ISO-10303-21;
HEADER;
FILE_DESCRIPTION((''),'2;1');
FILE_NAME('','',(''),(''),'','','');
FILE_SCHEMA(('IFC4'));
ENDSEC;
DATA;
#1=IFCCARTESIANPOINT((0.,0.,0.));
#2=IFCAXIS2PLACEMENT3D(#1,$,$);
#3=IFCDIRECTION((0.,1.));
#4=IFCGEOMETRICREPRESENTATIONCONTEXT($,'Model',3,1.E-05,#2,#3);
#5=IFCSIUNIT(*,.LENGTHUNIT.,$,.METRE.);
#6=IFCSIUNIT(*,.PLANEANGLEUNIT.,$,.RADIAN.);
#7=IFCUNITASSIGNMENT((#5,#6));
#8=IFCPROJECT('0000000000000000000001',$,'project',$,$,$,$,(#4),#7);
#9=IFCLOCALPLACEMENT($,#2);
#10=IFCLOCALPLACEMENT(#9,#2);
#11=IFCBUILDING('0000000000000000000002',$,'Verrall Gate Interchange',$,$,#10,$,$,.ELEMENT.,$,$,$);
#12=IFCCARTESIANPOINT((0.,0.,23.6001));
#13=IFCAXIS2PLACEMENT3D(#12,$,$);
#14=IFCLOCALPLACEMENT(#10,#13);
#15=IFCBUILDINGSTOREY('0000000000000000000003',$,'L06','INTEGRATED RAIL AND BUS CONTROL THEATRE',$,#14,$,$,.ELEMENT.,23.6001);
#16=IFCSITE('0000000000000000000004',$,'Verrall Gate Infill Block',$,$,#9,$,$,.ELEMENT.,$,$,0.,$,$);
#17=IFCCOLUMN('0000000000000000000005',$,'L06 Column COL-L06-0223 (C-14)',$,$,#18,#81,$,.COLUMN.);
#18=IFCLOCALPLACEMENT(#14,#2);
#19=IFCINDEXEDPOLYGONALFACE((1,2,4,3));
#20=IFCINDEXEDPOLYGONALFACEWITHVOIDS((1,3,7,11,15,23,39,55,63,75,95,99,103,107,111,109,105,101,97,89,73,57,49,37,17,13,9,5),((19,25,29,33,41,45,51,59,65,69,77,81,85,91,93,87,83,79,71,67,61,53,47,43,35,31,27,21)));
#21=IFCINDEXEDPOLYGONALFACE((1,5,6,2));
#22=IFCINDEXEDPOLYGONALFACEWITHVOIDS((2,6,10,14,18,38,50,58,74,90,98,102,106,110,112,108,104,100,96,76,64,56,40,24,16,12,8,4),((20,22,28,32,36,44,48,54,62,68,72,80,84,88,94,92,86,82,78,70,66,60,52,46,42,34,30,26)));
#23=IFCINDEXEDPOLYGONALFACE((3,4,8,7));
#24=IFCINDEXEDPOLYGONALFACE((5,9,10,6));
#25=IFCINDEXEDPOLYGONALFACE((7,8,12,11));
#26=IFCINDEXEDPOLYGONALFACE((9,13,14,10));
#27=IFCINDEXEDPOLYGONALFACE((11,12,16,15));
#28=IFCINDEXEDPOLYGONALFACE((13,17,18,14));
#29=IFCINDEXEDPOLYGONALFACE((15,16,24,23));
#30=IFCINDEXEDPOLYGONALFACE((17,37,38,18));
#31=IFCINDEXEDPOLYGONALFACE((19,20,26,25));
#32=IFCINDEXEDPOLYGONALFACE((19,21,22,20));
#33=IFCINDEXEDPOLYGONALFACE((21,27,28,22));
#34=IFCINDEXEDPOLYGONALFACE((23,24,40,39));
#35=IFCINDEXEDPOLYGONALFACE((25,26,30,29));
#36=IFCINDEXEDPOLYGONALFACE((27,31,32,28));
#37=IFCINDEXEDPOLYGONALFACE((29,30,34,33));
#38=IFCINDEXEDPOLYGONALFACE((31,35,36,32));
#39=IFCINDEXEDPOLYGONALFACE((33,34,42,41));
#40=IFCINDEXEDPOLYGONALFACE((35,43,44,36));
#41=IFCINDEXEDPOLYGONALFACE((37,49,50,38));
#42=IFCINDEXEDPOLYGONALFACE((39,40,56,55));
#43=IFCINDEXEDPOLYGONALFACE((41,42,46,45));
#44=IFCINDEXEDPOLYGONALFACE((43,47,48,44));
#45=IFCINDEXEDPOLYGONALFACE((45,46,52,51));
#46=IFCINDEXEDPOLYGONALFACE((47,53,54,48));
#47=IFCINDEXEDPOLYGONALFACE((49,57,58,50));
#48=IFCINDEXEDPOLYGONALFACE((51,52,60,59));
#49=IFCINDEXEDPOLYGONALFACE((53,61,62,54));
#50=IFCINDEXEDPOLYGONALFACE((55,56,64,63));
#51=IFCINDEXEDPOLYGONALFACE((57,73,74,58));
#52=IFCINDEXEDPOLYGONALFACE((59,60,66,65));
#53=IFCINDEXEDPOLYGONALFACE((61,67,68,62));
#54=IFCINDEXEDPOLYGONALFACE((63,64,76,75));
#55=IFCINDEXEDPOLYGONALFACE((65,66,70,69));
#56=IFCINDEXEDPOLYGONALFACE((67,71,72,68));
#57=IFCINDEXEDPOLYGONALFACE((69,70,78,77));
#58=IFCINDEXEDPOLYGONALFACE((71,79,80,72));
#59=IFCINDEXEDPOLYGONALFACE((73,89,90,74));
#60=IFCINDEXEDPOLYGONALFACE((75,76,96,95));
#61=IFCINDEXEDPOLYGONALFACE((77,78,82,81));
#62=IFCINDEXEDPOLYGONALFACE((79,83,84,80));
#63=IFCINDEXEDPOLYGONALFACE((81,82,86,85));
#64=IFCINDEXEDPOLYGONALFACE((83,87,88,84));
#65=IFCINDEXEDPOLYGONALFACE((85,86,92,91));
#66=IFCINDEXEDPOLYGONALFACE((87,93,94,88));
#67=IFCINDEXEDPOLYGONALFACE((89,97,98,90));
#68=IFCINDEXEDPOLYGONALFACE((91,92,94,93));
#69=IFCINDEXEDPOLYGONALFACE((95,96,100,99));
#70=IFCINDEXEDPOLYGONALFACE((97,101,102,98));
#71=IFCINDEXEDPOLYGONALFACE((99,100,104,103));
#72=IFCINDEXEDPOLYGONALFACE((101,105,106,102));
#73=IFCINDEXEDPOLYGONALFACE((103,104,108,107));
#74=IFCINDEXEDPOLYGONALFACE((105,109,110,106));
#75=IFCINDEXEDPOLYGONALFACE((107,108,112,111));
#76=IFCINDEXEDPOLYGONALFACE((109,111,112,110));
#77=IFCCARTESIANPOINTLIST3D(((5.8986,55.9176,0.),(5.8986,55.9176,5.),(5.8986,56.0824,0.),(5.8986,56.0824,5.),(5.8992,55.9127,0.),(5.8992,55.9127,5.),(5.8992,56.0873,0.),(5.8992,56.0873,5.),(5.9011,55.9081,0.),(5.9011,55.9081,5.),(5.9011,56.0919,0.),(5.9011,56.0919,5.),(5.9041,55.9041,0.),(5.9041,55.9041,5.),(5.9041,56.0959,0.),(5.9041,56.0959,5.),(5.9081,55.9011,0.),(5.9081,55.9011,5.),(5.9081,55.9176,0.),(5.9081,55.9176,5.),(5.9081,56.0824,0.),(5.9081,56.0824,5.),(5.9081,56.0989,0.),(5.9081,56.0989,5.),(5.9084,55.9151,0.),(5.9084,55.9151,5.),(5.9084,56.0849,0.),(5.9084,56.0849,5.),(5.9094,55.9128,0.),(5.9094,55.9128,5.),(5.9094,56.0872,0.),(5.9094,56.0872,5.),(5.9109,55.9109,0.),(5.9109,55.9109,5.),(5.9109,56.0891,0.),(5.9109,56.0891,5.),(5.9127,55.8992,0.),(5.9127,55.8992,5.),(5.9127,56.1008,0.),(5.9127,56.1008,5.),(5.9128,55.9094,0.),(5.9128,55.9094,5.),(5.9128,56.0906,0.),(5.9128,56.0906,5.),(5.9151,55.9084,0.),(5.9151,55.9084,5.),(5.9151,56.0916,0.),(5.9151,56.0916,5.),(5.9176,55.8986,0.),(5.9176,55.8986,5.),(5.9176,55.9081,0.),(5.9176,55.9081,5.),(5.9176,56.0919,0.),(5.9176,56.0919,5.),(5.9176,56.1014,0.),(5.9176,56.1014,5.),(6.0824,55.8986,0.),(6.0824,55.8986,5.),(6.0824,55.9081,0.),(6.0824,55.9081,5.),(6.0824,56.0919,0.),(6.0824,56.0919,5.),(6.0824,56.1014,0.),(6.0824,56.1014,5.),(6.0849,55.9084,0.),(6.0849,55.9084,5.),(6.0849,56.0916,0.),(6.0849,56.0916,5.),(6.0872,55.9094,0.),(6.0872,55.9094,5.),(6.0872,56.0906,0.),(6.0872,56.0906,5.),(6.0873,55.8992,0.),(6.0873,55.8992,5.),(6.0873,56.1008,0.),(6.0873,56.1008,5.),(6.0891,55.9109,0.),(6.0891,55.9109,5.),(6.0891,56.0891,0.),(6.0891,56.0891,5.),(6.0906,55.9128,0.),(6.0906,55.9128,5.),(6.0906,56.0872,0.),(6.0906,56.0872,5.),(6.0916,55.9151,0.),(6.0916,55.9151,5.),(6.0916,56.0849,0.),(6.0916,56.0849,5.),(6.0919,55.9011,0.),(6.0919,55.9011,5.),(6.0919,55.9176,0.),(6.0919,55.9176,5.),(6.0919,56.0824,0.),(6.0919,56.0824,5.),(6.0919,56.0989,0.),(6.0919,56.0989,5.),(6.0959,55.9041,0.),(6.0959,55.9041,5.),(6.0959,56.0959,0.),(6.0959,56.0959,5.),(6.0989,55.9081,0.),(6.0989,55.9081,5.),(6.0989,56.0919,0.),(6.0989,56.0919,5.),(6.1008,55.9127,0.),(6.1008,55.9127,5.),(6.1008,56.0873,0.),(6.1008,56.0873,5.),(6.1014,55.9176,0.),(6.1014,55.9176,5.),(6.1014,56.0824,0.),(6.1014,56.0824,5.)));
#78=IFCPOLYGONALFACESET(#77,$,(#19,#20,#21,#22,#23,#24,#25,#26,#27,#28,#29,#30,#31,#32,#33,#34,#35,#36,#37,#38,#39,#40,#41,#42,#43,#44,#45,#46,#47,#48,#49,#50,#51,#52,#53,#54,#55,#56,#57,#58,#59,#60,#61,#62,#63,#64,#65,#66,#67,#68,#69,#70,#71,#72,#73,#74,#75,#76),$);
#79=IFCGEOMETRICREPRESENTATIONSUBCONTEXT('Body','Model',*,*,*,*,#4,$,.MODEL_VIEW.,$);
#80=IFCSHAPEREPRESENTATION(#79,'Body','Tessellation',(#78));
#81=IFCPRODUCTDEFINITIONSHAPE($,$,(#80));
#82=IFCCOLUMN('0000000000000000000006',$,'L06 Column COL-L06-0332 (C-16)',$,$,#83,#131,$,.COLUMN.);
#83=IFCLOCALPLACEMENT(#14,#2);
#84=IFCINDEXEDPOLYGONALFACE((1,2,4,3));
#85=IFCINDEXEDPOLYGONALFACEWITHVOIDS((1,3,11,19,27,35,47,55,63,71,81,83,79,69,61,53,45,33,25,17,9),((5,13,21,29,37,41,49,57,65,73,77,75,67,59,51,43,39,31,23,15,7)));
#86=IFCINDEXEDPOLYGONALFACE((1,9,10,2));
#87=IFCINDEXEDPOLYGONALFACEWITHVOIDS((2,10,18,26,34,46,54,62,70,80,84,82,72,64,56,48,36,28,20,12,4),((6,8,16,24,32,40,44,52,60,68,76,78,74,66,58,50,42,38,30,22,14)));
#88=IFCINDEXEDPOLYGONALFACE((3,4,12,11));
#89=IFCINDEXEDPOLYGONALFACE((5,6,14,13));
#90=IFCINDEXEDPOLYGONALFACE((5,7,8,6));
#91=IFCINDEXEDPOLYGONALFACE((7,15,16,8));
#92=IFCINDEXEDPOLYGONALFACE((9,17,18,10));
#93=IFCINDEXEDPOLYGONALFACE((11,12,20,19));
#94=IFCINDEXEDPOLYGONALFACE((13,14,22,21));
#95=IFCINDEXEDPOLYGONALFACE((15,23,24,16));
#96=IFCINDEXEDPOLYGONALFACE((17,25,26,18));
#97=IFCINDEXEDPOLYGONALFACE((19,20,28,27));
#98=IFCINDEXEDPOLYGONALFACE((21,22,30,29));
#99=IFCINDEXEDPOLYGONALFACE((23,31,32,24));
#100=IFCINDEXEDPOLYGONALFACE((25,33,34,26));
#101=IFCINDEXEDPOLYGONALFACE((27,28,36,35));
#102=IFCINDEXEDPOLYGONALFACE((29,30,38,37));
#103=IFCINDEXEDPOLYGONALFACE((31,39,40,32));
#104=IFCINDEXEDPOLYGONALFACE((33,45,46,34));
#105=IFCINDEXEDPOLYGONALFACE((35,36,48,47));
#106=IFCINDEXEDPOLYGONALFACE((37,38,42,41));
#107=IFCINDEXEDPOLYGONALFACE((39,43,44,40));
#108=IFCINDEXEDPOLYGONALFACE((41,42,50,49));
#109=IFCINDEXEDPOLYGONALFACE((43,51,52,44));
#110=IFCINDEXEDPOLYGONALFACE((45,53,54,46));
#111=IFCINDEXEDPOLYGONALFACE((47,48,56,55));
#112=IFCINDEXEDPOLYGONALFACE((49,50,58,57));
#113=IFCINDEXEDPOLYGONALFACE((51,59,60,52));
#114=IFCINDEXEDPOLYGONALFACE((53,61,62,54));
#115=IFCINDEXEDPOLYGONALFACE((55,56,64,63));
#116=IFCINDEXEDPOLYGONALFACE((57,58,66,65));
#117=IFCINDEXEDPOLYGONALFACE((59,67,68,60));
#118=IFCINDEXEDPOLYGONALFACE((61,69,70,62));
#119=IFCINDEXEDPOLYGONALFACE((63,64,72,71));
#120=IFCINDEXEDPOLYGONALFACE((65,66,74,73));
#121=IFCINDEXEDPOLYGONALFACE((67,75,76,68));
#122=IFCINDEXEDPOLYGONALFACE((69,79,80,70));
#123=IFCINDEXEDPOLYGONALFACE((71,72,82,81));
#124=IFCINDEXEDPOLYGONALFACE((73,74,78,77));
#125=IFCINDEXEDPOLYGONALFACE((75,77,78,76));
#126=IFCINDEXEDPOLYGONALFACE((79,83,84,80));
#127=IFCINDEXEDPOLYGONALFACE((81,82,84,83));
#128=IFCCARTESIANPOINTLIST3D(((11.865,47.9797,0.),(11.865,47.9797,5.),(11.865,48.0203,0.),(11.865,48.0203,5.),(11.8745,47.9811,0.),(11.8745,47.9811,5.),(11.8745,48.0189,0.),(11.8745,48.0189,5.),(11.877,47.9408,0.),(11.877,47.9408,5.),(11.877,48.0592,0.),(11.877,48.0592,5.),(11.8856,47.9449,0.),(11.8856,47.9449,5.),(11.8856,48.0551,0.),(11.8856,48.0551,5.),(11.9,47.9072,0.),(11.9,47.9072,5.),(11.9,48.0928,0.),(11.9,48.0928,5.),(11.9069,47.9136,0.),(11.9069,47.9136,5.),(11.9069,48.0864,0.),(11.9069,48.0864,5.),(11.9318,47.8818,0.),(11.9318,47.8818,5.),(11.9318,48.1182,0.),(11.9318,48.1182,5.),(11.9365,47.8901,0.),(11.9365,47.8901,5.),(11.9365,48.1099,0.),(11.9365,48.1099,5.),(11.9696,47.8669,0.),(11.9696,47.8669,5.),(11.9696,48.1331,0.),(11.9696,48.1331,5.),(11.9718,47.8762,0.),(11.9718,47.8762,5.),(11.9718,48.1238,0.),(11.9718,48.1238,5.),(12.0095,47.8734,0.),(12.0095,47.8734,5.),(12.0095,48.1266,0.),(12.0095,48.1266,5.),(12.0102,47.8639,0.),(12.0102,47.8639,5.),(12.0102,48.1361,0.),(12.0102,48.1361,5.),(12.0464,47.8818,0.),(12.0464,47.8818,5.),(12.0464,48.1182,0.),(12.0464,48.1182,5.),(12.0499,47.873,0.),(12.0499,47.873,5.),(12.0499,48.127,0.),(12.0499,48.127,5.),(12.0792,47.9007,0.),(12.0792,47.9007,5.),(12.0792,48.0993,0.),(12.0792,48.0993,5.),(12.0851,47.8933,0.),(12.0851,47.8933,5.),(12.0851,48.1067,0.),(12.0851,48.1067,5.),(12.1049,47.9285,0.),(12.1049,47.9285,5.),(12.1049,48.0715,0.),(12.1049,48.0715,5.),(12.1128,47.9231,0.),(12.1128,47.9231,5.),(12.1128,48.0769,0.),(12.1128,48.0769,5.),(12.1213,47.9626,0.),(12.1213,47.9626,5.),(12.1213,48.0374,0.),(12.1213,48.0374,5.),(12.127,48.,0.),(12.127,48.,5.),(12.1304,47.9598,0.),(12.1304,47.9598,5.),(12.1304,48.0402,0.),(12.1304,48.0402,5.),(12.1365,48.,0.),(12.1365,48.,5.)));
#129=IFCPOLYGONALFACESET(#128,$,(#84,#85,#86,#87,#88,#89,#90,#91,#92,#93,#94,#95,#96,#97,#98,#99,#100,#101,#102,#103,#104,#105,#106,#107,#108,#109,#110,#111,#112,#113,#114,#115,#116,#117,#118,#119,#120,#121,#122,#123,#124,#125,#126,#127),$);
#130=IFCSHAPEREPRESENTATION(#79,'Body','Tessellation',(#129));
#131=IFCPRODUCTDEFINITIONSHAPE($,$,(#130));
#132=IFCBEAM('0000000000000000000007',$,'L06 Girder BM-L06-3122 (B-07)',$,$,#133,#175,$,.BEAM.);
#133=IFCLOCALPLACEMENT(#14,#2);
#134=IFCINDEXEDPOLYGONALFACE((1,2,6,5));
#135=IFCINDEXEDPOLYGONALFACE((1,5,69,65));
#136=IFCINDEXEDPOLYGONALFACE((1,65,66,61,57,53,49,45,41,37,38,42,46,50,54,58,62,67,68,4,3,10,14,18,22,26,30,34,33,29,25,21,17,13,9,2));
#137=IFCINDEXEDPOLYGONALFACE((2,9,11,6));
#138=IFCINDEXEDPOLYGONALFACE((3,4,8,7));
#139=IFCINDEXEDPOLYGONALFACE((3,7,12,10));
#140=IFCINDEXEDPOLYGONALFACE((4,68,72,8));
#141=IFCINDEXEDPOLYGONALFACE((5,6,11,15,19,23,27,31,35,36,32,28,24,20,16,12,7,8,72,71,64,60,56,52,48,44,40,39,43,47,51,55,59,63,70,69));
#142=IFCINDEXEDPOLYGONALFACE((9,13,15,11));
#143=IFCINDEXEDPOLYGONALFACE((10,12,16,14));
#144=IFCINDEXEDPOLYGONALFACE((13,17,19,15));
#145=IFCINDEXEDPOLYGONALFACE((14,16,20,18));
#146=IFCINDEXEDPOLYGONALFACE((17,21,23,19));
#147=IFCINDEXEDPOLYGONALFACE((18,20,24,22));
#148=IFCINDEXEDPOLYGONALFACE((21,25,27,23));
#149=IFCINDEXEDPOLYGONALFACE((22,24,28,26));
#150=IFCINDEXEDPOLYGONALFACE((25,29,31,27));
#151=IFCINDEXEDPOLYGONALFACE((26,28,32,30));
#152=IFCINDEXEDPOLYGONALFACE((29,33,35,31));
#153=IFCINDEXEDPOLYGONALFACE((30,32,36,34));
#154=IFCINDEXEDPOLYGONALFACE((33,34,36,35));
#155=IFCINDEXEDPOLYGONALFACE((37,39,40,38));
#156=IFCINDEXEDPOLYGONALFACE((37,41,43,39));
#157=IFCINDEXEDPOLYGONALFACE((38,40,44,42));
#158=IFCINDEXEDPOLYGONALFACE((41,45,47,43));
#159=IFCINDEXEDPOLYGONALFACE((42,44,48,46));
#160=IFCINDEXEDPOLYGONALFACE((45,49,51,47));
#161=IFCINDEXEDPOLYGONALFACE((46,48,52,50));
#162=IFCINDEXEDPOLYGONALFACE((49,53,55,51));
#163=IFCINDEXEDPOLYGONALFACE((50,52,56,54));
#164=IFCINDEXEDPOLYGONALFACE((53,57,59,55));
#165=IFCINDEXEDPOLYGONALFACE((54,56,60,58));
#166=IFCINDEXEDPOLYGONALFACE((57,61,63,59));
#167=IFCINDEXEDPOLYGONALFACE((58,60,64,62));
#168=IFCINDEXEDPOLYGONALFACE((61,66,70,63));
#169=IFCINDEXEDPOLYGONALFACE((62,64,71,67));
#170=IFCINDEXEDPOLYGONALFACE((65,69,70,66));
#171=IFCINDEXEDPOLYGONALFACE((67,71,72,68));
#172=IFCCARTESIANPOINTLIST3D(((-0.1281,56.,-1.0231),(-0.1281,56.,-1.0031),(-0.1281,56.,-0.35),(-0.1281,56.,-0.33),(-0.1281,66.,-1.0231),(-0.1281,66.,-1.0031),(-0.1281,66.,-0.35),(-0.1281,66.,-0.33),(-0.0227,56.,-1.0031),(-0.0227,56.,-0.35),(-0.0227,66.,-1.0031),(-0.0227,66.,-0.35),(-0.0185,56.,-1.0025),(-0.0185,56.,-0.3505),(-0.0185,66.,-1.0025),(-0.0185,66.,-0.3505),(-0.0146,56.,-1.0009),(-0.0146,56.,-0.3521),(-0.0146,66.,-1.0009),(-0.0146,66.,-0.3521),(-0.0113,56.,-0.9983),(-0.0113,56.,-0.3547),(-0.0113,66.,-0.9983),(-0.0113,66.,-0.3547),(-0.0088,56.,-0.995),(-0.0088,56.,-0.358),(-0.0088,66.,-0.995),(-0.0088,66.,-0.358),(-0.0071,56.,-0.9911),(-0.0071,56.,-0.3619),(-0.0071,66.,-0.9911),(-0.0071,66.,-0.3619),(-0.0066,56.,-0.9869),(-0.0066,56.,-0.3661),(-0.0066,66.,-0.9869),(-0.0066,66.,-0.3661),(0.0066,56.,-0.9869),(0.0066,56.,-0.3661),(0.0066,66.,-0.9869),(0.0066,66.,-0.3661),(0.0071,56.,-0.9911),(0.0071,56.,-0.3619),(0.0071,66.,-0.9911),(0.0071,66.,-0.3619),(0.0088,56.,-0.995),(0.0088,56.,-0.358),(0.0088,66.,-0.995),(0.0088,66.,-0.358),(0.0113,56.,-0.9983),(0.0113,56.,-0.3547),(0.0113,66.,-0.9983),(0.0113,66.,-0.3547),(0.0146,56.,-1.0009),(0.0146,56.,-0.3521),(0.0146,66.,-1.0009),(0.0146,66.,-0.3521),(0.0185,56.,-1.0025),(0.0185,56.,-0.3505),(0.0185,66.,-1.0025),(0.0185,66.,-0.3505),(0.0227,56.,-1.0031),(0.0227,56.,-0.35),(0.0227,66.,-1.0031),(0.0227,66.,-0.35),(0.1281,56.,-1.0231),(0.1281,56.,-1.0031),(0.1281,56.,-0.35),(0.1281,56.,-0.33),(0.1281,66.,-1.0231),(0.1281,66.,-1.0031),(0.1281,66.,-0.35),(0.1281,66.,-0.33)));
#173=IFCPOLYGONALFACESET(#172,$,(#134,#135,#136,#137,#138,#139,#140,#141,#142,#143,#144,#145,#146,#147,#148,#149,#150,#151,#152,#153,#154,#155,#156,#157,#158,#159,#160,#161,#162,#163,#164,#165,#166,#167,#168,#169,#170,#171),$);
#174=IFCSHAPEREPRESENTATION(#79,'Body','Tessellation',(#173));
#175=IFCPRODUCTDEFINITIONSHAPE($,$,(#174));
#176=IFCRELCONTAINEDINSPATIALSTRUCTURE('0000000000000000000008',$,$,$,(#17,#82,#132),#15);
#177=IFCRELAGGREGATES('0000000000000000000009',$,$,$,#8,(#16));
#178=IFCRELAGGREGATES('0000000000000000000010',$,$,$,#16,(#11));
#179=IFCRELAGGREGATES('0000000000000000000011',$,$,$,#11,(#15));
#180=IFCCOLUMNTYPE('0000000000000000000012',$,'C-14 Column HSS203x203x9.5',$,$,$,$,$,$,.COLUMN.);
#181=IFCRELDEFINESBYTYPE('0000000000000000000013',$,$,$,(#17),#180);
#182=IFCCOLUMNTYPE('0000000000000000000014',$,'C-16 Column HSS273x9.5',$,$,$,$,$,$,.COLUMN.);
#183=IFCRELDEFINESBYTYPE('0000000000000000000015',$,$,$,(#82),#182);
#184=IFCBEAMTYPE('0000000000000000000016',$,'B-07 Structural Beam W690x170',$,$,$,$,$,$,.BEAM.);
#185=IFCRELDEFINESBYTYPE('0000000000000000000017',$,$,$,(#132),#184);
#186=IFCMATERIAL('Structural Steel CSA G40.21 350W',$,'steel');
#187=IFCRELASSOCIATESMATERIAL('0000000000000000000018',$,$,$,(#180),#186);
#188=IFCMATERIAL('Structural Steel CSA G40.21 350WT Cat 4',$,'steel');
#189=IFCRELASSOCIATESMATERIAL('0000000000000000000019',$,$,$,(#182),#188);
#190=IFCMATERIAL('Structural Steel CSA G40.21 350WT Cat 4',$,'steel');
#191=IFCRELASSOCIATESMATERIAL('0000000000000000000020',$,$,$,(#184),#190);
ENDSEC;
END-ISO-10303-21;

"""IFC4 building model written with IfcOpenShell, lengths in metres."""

from ifc_helpers import new_model, si_unit, direction, frame, origin, origin_2d, place, context, subcontext, project, spatial, hollow_rectangle, hollow_circle, i_section, extrude, material, material_profile, profile_set, type_object, element, save


model = new_model("IFC4")

# Units and contexts
model_context = context("Model", 3, precision=1e-05, world=origin(), true_north=direction((0.0, 1.0)))
body_context = subcontext(model_context, "Body", "Model", "MODEL_VIEW")
ifc_project = project(units=[si_unit("LENGTHUNIT", "METRE"), si_unit("PLANEANGLEUNIT", "RADIAN")], contexts=[model_context])

# Site, building, storey
site_placement = place(None, origin())
site = spatial("IfcSite", under=ifc_project, at=site_placement, Name="Verrall Gate Infill Block", CompositionType="ELEMENT", RefElevation=0.0)
building_placement = place(site_placement, origin())
building = spatial("IfcBuilding", under=site, at=building_placement, Name="Verrall Gate Interchange", CompositionType="ELEMENT")
storey_placement = place(building_placement, frame((0.0, 0.0, 23.6001)))
storey = spatial("IfcBuildingStorey", under=building, at=storey_placement, Name="L06", Description="INTEGRATED RAIL AND BUS CONTROL THEATRE", CompositionType="ELEMENT", Elevation=23.6001)

# Columns
ifc_material_1 = material(Name="Structural Steel CSA G40.21 350W", Category="steel")
ifc_material_profile_1 = material_profile(ifc_material_1, hollow_rectangle(XDim=0.2029, YDim=0.2029, WallThickness=0.0095, InnerFilletRadius=0.0095, OuterFilletRadius=0.019, at=origin_2d()), Name="HSS203x203x9.5")
ifc_profile_set_1 = profile_set([ifc_material_profile_1], Name="Structural Steel CSA G40.21 350W")
column_type_1 = type_object("IfcColumnType", Name="C-14 Column HSS203x203x9.5", PredefinedType="COLUMN", material=ifc_profile_set_1)
column_1_placement = place(storey_placement, frame((6.0, 56.0, 0.0), z_axis=(0.0, 0.0, 1.0), x_axis=(1.0, 0.0, 0.0)))
element("IfcColumn", 1, at=column_1_placement, inside=storey, type_object=column_type_1, Name="L06 Column COL-L06-0223 (C-14)", PredefinedType="COLUMN", context=body_context, shape_type="SweptSolid", body=[
    extrude(hollow_rectangle(XDim=0.2029, YDim=0.2029, WallThickness=0.0095, InnerFilletRadius=0.0095, OuterFilletRadius=0.019, at=origin_2d()), origin(), (0.0, 0.0, 1.0), 5.0),
])
ifc_material_2 = material(Name="Structural Steel CSA G40.21 350WT Cat 4", Category="steel")
ifc_material_profile_2 = material_profile(ifc_material_2, hollow_circle(Radius=0.1365, WallThickness=0.0095, at=origin_2d()), Name="HSS273x9.5")
ifc_profile_set_2 = profile_set([ifc_material_profile_2], Name="Structural Steel CSA G40.21 350WT Cat 4")
column_type_2 = type_object("IfcColumnType", Name="C-16 Column HSS273x9.5", PredefinedType="COLUMN", material=ifc_profile_set_2)
column_2_placement = place(storey_placement, frame((12.0, 48.0, 0.0), z_axis=(0.0, 0.0, 1.0), x_axis=(1.0, 0.0, 0.0)))
element("IfcColumn", 2, at=column_2_placement, inside=storey, type_object=column_type_2, Name="L06 Column COL-L06-0332 (C-16)", PredefinedType="COLUMN", context=body_context, shape_type="SweptSolid", body=[
    extrude(hollow_circle(Radius=0.1365, WallThickness=0.0095, at=origin_2d()), origin(), (0.0, 0.0, 1.0), 5.0),
])

# Beam
ifc_material_3 = material(Name="Structural Steel CSA G40.21 350WT Cat 4", Category="steel")
ifc_material_profile_3 = material_profile(ifc_material_3, i_section(OverallWidth=0.2561, OverallDepth=0.6931, WebThickness=0.0132, FlangeThickness=0.02, FilletRadius=0.0161, at=origin_2d()), Name="W690x170")
ifc_profile_set_3 = profile_set([ifc_material_profile_3], Name="Structural Steel CSA G40.21 350WT Cat 4")
beam_type_1 = type_object("IfcBeamType", Name="B-07 Structural Beam W690x170", PredefinedType="BEAM", material=ifc_profile_set_3)
beam_1_placement = place(storey_placement, frame((0.0, 56.0, -0.6765), z_axis=(0.0, 1.0, 0.0), x_axis=(-1.0, 0.0, 0.0)))
element("IfcBeam", 3, at=beam_1_placement, inside=storey, type_object=beam_type_1, Name="L06 Girder BM-L06-3122 (B-07)", PredefinedType="BEAM", context=body_context, shape_type="SweptSolid", body=[
    extrude(i_section(OverallWidth=0.2561, OverallDepth=0.6931, WebThickness=0.0132, FlangeThickness=0.02, FilletRadius=0.0161, at=origin_2d()), origin(), (0.0, 0.0, 1.0), 10.0),
])

save(model, "model.ifc")
